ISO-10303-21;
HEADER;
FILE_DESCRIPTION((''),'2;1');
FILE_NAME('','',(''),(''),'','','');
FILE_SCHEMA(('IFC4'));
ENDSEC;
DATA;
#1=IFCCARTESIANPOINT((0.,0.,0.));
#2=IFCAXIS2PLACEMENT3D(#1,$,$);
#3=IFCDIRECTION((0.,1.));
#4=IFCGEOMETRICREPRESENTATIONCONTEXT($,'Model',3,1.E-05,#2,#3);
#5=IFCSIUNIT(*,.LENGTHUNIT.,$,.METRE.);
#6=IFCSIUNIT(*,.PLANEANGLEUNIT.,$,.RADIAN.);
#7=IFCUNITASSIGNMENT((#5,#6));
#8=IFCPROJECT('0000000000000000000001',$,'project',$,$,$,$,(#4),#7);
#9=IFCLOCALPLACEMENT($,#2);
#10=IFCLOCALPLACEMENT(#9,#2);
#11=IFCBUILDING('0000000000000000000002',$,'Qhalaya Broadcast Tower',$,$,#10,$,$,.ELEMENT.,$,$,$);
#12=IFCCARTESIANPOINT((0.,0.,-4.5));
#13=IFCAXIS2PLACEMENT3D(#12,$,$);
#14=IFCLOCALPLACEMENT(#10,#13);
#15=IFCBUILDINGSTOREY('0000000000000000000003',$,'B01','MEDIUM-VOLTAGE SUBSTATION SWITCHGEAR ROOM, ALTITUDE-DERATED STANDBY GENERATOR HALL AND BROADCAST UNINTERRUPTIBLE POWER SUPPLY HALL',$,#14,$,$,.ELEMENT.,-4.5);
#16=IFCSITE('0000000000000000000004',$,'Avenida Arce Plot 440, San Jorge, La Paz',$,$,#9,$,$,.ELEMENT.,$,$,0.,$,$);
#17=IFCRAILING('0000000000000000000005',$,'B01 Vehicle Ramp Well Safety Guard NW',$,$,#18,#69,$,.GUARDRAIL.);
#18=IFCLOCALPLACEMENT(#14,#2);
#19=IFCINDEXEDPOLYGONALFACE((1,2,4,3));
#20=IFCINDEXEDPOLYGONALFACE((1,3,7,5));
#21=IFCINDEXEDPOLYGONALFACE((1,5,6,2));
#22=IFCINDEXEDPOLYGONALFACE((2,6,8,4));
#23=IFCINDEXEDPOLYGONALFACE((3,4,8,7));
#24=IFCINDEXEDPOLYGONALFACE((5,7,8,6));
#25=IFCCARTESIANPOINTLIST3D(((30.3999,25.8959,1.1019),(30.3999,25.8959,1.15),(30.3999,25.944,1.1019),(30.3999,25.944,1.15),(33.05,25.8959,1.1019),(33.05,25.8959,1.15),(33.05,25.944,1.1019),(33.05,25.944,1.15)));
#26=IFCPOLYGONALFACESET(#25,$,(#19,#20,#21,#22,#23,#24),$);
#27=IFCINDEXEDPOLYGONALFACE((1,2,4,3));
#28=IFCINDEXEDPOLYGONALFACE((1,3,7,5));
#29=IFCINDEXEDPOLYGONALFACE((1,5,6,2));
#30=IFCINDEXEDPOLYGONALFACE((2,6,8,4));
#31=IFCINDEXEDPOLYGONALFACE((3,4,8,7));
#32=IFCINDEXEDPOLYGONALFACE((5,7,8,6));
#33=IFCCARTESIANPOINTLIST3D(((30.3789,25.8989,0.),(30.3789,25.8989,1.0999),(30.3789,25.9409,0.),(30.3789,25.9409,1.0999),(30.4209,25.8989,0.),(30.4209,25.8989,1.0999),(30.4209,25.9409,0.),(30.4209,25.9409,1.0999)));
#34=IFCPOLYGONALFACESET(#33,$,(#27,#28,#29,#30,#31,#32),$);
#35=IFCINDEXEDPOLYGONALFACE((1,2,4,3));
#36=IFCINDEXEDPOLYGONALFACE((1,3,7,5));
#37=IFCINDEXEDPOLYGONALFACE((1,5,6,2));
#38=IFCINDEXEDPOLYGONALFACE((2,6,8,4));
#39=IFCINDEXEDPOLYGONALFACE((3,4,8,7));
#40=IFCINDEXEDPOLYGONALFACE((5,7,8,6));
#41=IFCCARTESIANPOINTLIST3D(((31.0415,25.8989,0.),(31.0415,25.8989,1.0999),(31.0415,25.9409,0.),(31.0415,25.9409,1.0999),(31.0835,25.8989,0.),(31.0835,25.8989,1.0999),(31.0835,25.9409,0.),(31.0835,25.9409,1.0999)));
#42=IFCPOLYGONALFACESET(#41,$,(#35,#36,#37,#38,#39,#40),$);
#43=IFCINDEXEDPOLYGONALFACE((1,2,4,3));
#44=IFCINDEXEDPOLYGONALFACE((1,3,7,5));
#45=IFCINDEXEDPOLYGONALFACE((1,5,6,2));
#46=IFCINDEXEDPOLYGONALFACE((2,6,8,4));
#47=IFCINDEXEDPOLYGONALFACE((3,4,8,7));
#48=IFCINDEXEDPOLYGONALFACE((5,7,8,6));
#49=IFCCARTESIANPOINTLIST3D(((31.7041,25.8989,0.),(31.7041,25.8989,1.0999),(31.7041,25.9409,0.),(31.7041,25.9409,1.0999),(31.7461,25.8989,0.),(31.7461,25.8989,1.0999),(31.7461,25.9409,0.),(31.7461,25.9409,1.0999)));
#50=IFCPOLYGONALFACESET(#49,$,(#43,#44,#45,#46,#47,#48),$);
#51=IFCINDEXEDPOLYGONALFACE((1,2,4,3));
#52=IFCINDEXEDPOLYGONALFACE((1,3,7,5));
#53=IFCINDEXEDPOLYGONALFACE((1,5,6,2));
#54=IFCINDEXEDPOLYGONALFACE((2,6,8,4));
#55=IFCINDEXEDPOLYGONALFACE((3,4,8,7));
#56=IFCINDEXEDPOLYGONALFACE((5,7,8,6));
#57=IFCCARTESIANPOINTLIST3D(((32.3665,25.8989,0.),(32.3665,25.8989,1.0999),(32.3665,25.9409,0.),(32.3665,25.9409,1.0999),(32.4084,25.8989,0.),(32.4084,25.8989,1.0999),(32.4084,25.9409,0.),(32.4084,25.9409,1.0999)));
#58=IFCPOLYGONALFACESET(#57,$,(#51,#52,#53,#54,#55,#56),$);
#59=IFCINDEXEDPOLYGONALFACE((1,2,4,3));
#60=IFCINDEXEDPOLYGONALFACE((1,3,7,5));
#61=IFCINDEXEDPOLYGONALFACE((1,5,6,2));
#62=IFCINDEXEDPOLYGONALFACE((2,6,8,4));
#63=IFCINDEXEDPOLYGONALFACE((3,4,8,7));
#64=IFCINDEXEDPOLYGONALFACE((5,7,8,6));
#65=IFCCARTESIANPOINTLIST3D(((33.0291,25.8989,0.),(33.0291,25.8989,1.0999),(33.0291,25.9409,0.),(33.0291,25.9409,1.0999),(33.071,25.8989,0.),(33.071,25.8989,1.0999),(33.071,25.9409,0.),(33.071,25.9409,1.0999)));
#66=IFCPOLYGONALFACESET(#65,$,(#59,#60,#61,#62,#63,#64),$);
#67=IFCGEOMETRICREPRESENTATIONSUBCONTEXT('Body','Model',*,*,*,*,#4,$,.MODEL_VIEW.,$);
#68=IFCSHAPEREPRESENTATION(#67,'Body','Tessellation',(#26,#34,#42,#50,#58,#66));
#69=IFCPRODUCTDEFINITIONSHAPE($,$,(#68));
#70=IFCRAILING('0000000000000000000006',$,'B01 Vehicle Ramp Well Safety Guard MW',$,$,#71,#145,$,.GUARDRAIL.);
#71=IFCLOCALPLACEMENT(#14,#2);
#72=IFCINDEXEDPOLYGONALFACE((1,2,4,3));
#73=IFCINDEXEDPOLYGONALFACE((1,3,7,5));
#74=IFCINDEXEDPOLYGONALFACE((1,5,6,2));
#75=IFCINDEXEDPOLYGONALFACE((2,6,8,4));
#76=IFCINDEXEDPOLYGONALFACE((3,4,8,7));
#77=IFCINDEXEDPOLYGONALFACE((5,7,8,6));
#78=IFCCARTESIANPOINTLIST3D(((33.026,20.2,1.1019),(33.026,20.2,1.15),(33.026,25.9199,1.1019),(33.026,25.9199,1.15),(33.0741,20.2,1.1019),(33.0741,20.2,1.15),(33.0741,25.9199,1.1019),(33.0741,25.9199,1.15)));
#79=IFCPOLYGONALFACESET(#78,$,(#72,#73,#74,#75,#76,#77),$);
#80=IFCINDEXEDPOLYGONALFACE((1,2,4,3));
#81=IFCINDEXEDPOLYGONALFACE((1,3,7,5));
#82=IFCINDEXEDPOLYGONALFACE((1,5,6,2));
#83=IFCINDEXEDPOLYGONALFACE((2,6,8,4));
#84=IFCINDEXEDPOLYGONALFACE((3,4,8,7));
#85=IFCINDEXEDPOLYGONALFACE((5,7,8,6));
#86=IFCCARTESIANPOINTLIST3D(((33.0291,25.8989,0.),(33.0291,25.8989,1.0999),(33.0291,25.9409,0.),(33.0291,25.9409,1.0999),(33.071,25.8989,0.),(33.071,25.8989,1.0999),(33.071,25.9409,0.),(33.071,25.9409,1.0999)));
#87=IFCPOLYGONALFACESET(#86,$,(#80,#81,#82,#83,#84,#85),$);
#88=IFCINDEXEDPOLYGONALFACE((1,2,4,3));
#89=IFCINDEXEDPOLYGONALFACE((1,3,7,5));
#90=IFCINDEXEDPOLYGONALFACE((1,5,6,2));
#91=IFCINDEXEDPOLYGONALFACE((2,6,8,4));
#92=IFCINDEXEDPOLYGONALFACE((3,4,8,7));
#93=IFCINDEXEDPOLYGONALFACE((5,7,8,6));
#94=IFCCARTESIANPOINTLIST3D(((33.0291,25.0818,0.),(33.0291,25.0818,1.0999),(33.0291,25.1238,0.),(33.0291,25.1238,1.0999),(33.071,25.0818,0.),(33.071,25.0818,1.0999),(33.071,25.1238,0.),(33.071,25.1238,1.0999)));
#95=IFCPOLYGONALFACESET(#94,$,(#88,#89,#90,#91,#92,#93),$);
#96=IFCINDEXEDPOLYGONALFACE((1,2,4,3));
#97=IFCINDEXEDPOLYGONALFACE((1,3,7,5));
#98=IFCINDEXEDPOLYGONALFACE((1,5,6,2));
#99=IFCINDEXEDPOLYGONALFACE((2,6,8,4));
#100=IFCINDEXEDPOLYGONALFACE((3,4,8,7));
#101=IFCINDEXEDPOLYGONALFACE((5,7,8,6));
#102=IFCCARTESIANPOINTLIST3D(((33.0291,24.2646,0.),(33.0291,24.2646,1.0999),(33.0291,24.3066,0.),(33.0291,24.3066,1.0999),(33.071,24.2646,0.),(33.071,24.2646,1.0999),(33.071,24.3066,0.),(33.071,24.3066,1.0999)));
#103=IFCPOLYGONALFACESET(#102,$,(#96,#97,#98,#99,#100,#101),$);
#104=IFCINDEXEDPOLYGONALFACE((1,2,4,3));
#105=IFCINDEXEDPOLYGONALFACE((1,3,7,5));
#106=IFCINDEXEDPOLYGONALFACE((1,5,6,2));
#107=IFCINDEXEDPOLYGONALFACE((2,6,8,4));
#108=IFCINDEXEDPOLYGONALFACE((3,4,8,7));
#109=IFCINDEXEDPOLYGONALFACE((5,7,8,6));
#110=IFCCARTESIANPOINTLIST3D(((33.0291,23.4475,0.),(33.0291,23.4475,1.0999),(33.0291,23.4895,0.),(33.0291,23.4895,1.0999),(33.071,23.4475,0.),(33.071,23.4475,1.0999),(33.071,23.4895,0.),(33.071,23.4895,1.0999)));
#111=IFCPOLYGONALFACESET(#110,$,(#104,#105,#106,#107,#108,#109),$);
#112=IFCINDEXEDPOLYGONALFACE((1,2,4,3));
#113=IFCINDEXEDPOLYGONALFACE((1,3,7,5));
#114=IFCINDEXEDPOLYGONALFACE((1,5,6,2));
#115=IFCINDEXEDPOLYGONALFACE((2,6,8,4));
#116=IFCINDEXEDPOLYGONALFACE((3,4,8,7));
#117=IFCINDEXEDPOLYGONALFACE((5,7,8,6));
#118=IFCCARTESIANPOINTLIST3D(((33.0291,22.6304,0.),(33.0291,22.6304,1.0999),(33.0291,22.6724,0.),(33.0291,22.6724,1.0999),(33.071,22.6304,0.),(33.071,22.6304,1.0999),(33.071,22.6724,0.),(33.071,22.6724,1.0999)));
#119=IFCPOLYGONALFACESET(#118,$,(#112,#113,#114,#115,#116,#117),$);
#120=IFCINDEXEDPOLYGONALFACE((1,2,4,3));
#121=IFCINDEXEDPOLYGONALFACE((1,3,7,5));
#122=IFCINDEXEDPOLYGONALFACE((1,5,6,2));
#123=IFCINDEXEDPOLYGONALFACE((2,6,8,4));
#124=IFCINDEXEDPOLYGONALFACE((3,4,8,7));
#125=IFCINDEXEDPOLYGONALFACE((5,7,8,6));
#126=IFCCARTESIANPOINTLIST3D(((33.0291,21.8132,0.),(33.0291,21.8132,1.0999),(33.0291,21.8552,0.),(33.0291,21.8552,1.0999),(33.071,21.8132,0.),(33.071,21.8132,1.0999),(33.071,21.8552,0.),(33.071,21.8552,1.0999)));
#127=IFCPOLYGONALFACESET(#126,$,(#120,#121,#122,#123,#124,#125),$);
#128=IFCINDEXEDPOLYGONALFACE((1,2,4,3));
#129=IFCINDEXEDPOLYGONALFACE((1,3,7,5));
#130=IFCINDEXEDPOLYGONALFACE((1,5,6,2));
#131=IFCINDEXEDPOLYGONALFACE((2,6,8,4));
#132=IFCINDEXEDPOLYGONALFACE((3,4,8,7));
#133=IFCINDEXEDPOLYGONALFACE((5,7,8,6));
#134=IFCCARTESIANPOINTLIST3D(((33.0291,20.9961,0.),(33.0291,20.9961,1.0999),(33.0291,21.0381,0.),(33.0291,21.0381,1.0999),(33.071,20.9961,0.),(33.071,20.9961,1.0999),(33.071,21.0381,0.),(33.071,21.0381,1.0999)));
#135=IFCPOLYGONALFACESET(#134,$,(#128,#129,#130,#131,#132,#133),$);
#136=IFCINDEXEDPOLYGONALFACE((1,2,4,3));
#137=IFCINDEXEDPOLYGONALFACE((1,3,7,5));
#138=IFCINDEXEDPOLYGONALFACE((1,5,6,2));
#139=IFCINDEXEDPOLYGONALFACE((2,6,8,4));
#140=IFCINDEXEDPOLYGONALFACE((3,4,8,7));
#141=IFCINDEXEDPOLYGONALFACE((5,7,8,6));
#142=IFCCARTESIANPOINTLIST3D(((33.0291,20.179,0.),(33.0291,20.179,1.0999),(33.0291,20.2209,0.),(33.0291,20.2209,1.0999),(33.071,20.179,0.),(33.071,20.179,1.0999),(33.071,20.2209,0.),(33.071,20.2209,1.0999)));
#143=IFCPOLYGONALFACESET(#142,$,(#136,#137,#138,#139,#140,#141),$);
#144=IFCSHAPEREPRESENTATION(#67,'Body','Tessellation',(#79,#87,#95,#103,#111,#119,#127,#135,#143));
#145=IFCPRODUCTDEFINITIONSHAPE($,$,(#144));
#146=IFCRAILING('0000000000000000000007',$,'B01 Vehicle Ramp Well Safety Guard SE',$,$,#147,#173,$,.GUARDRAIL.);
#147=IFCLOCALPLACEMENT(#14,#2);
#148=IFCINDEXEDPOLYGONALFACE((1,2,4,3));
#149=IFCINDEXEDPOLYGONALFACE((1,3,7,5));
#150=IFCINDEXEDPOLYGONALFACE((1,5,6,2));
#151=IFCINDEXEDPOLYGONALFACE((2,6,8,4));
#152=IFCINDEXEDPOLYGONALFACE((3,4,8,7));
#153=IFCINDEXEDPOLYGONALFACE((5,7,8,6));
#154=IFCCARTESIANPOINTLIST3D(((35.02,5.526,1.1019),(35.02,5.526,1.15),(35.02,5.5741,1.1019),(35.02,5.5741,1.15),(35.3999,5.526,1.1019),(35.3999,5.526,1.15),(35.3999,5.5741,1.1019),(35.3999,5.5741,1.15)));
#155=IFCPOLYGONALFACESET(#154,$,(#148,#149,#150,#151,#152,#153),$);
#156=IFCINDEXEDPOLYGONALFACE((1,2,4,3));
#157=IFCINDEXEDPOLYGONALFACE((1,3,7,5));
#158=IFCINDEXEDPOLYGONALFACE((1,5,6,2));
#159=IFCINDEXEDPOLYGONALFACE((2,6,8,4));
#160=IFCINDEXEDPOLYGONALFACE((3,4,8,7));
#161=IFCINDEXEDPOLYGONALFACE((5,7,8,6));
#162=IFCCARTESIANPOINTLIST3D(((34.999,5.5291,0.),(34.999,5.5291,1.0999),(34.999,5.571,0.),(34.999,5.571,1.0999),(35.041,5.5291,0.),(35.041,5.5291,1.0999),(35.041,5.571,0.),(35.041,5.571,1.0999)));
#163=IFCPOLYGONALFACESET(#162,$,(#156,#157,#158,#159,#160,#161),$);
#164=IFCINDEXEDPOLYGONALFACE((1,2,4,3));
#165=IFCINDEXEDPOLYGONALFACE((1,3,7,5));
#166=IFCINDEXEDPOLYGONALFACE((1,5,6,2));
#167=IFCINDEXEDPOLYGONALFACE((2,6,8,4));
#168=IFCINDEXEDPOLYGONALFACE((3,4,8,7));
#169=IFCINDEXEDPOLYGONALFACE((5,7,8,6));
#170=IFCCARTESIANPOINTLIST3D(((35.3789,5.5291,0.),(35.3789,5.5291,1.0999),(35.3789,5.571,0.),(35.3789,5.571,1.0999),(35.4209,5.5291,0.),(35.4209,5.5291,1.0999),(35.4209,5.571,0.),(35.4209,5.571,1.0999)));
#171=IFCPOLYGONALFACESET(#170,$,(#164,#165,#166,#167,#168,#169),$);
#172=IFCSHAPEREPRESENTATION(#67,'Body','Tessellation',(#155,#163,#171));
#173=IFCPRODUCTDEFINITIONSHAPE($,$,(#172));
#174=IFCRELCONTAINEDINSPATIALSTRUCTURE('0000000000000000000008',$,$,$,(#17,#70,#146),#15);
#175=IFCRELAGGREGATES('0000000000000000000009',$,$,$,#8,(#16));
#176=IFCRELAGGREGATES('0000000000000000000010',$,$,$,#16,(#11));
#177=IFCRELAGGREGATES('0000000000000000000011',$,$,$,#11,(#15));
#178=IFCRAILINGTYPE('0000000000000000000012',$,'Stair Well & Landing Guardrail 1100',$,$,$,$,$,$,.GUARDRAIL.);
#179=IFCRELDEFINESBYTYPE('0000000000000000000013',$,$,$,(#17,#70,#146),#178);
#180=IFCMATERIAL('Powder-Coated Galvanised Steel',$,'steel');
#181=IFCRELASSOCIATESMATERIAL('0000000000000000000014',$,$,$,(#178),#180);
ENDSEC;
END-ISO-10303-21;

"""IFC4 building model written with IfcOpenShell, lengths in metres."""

from ifc_helpers import new_model, si_unit, direction, frame, origin, origin_2d, place, context, subcontext, project, spatial, rectangle, extrude, material, type_object, element, save


model = new_model("IFC4")

# Units and contexts
model_context = context("Model", 3, precision=1e-05, world=origin(), true_north=direction((0.0, 1.0)))
body_context = subcontext(model_context, "Body", "Model", "MODEL_VIEW")
ifc_project = project(units=[si_unit("LENGTHUNIT", "METRE"), si_unit("PLANEANGLEUNIT", "RADIAN")], contexts=[model_context])

# Site, building, storey
site_placement = place(None, origin())
site = spatial("IfcSite", under=ifc_project, at=site_placement, Name="Avenida Arce Plot 440, San Jorge, La Paz", CompositionType="ELEMENT", RefElevation=0.0)
building_placement = place(site_placement, origin())
building = spatial("IfcBuilding", under=site, at=building_placement, Name="Qhalaya Broadcast Tower", CompositionType="ELEMENT")
storey_placement = place(building_placement, frame((0.0, 0.0, -4.5)))
storey = spatial("IfcBuildingStorey", under=building, at=storey_placement, Name="B01", Description="MEDIUM-VOLTAGE SUBSTATION SWITCHGEAR ROOM, ALTITUDE-DERATED STANDBY GENERATOR HALL AND BROADCAST UNINTERRUPTIBLE POWER SUPPLY HALL", CompositionType="ELEMENT", Elevation=-4.5)

# Railings
ifc_material_1 = material(Name="Powder-Coated Galvanised Steel", Category="steel")
railing_type = type_object("IfcRailingType", Name="Stair Well & Landing Guardrail 1100", PredefinedType="GUARDRAIL", material=ifc_material_1)
railing_1_placement = place(storey_placement, frame((30.3999, 25.9199, 0.0)))
element("IfcRailing", 1, at=railing_1_placement, inside=storey, type_object=railing_type, Name="B01 Vehicle Ramp Well Safety Guard NW", PredefinedType="GUARDRAIL", context=body_context, shape_type="SweptSolid", body=[
    extrude(rectangle(XDim=0.0481, YDim=0.0481, at=origin_2d()), frame((0.0, 0.0, 1.126), z_axis=(1.0, 0.0, 0.0), x_axis=(0.0, 1.0, 0.0)), (0.0, 0.0, 1.0), 2.6501),
    extrude(rectangle(XDim=0.042, YDim=0.042, at=origin_2d()), origin(), (0.0, 0.0, 1.0), 1.0999),
    extrude(rectangle(XDim=0.042, YDim=0.042, at=origin_2d()), frame((0.6626, 0.0, 0.0)), (0.0, 0.0, 1.0), 1.0999),
    extrude(rectangle(XDim=0.042, YDim=0.042, at=origin_2d()), frame((1.3252, 0.0, 0.0)), (0.0, 0.0, 1.0), 1.0999),
    extrude(rectangle(XDim=0.042, YDim=0.042, at=origin_2d()), frame((1.9875, 0.0, 0.0)), (0.0, 0.0, 1.0), 1.0999),
    extrude(rectangle(XDim=0.042, YDim=0.042, at=origin_2d()), frame((2.6501, 0.0, 0.0)), (0.0, 0.0, 1.0), 1.0999),
])
railing_2_placement = place(storey_placement, frame((33.05, 25.9199, 0.0)))
element("IfcRailing", 2, at=railing_2_placement, inside=storey, type_object=railing_type, Name="B01 Vehicle Ramp Well Safety Guard MW", PredefinedType="GUARDRAIL", context=body_context, shape_type="SweptSolid", body=[
    extrude(rectangle(XDim=0.0481, YDim=0.0481, at=origin_2d()), frame((0.0, 0.0, 1.126), z_axis=(0.0, -1.0, 0.0), x_axis=(1.0, 0.0, 0.0)), (0.0, 0.0, 1.0), 5.72),
    extrude(rectangle(XDim=0.042, YDim=0.042, at=origin_2d()), origin(), (0.0, 0.0, 1.0), 1.0999),
    extrude(rectangle(XDim=0.042, YDim=0.042, at=origin_2d()), frame((0.0, -0.8171, 0.0)), (0.0, 0.0, 1.0), 1.0999),
    extrude(rectangle(XDim=0.042, YDim=0.042, at=origin_2d()), frame((0.0, -1.6343, 0.0)), (0.0, 0.0, 1.0), 1.0999),
    extrude(rectangle(XDim=0.042, YDim=0.042, at=origin_2d()), frame((0.0, -2.4514, 0.0)), (0.0, 0.0, 1.0), 1.0999),
    extrude(rectangle(XDim=0.042, YDim=0.042, at=origin_2d()), frame((0.0, -3.2686, 0.0)), (0.0, 0.0, 1.0), 1.0999),
    extrude(rectangle(XDim=0.042, YDim=0.042, at=origin_2d()), frame((0.0, -4.0857, 0.0)), (0.0, 0.0, 1.0), 1.0999),
    extrude(rectangle(XDim=0.042, YDim=0.042, at=origin_2d()), frame((0.0, -4.9028, 0.0)), (0.0, 0.0, 1.0), 1.0999),
    extrude(rectangle(XDim=0.042, YDim=0.042, at=origin_2d()), frame((0.0, -5.72, 0.0)), (0.0, 0.0, 1.0), 1.0999),
])
railing_3_placement = place(storey_placement, frame((35.02, 5.55, 0.0)))
element("IfcRailing", 3, at=railing_3_placement, inside=storey, type_object=railing_type, Name="B01 Vehicle Ramp Well Safety Guard SE", PredefinedType="GUARDRAIL", context=body_context, shape_type="SweptSolid", body=[
    extrude(rectangle(XDim=0.0481, YDim=0.0481, at=origin_2d()), frame((0.0, 0.0, 1.126), z_axis=(1.0, 0.0, 0.0), x_axis=(0.0, 1.0, 0.0)), (0.0, 0.0, 1.0), 0.3799),
    extrude(rectangle(XDim=0.042, YDim=0.042, at=origin_2d()), origin(), (0.0, 0.0, 1.0), 1.0999),
    extrude(rectangle(XDim=0.042, YDim=0.042, at=origin_2d()), frame((0.3799, 0.0, 0.0)), (0.0, 0.0, 1.0), 1.0999),
])

save(model, "model.ifc")
